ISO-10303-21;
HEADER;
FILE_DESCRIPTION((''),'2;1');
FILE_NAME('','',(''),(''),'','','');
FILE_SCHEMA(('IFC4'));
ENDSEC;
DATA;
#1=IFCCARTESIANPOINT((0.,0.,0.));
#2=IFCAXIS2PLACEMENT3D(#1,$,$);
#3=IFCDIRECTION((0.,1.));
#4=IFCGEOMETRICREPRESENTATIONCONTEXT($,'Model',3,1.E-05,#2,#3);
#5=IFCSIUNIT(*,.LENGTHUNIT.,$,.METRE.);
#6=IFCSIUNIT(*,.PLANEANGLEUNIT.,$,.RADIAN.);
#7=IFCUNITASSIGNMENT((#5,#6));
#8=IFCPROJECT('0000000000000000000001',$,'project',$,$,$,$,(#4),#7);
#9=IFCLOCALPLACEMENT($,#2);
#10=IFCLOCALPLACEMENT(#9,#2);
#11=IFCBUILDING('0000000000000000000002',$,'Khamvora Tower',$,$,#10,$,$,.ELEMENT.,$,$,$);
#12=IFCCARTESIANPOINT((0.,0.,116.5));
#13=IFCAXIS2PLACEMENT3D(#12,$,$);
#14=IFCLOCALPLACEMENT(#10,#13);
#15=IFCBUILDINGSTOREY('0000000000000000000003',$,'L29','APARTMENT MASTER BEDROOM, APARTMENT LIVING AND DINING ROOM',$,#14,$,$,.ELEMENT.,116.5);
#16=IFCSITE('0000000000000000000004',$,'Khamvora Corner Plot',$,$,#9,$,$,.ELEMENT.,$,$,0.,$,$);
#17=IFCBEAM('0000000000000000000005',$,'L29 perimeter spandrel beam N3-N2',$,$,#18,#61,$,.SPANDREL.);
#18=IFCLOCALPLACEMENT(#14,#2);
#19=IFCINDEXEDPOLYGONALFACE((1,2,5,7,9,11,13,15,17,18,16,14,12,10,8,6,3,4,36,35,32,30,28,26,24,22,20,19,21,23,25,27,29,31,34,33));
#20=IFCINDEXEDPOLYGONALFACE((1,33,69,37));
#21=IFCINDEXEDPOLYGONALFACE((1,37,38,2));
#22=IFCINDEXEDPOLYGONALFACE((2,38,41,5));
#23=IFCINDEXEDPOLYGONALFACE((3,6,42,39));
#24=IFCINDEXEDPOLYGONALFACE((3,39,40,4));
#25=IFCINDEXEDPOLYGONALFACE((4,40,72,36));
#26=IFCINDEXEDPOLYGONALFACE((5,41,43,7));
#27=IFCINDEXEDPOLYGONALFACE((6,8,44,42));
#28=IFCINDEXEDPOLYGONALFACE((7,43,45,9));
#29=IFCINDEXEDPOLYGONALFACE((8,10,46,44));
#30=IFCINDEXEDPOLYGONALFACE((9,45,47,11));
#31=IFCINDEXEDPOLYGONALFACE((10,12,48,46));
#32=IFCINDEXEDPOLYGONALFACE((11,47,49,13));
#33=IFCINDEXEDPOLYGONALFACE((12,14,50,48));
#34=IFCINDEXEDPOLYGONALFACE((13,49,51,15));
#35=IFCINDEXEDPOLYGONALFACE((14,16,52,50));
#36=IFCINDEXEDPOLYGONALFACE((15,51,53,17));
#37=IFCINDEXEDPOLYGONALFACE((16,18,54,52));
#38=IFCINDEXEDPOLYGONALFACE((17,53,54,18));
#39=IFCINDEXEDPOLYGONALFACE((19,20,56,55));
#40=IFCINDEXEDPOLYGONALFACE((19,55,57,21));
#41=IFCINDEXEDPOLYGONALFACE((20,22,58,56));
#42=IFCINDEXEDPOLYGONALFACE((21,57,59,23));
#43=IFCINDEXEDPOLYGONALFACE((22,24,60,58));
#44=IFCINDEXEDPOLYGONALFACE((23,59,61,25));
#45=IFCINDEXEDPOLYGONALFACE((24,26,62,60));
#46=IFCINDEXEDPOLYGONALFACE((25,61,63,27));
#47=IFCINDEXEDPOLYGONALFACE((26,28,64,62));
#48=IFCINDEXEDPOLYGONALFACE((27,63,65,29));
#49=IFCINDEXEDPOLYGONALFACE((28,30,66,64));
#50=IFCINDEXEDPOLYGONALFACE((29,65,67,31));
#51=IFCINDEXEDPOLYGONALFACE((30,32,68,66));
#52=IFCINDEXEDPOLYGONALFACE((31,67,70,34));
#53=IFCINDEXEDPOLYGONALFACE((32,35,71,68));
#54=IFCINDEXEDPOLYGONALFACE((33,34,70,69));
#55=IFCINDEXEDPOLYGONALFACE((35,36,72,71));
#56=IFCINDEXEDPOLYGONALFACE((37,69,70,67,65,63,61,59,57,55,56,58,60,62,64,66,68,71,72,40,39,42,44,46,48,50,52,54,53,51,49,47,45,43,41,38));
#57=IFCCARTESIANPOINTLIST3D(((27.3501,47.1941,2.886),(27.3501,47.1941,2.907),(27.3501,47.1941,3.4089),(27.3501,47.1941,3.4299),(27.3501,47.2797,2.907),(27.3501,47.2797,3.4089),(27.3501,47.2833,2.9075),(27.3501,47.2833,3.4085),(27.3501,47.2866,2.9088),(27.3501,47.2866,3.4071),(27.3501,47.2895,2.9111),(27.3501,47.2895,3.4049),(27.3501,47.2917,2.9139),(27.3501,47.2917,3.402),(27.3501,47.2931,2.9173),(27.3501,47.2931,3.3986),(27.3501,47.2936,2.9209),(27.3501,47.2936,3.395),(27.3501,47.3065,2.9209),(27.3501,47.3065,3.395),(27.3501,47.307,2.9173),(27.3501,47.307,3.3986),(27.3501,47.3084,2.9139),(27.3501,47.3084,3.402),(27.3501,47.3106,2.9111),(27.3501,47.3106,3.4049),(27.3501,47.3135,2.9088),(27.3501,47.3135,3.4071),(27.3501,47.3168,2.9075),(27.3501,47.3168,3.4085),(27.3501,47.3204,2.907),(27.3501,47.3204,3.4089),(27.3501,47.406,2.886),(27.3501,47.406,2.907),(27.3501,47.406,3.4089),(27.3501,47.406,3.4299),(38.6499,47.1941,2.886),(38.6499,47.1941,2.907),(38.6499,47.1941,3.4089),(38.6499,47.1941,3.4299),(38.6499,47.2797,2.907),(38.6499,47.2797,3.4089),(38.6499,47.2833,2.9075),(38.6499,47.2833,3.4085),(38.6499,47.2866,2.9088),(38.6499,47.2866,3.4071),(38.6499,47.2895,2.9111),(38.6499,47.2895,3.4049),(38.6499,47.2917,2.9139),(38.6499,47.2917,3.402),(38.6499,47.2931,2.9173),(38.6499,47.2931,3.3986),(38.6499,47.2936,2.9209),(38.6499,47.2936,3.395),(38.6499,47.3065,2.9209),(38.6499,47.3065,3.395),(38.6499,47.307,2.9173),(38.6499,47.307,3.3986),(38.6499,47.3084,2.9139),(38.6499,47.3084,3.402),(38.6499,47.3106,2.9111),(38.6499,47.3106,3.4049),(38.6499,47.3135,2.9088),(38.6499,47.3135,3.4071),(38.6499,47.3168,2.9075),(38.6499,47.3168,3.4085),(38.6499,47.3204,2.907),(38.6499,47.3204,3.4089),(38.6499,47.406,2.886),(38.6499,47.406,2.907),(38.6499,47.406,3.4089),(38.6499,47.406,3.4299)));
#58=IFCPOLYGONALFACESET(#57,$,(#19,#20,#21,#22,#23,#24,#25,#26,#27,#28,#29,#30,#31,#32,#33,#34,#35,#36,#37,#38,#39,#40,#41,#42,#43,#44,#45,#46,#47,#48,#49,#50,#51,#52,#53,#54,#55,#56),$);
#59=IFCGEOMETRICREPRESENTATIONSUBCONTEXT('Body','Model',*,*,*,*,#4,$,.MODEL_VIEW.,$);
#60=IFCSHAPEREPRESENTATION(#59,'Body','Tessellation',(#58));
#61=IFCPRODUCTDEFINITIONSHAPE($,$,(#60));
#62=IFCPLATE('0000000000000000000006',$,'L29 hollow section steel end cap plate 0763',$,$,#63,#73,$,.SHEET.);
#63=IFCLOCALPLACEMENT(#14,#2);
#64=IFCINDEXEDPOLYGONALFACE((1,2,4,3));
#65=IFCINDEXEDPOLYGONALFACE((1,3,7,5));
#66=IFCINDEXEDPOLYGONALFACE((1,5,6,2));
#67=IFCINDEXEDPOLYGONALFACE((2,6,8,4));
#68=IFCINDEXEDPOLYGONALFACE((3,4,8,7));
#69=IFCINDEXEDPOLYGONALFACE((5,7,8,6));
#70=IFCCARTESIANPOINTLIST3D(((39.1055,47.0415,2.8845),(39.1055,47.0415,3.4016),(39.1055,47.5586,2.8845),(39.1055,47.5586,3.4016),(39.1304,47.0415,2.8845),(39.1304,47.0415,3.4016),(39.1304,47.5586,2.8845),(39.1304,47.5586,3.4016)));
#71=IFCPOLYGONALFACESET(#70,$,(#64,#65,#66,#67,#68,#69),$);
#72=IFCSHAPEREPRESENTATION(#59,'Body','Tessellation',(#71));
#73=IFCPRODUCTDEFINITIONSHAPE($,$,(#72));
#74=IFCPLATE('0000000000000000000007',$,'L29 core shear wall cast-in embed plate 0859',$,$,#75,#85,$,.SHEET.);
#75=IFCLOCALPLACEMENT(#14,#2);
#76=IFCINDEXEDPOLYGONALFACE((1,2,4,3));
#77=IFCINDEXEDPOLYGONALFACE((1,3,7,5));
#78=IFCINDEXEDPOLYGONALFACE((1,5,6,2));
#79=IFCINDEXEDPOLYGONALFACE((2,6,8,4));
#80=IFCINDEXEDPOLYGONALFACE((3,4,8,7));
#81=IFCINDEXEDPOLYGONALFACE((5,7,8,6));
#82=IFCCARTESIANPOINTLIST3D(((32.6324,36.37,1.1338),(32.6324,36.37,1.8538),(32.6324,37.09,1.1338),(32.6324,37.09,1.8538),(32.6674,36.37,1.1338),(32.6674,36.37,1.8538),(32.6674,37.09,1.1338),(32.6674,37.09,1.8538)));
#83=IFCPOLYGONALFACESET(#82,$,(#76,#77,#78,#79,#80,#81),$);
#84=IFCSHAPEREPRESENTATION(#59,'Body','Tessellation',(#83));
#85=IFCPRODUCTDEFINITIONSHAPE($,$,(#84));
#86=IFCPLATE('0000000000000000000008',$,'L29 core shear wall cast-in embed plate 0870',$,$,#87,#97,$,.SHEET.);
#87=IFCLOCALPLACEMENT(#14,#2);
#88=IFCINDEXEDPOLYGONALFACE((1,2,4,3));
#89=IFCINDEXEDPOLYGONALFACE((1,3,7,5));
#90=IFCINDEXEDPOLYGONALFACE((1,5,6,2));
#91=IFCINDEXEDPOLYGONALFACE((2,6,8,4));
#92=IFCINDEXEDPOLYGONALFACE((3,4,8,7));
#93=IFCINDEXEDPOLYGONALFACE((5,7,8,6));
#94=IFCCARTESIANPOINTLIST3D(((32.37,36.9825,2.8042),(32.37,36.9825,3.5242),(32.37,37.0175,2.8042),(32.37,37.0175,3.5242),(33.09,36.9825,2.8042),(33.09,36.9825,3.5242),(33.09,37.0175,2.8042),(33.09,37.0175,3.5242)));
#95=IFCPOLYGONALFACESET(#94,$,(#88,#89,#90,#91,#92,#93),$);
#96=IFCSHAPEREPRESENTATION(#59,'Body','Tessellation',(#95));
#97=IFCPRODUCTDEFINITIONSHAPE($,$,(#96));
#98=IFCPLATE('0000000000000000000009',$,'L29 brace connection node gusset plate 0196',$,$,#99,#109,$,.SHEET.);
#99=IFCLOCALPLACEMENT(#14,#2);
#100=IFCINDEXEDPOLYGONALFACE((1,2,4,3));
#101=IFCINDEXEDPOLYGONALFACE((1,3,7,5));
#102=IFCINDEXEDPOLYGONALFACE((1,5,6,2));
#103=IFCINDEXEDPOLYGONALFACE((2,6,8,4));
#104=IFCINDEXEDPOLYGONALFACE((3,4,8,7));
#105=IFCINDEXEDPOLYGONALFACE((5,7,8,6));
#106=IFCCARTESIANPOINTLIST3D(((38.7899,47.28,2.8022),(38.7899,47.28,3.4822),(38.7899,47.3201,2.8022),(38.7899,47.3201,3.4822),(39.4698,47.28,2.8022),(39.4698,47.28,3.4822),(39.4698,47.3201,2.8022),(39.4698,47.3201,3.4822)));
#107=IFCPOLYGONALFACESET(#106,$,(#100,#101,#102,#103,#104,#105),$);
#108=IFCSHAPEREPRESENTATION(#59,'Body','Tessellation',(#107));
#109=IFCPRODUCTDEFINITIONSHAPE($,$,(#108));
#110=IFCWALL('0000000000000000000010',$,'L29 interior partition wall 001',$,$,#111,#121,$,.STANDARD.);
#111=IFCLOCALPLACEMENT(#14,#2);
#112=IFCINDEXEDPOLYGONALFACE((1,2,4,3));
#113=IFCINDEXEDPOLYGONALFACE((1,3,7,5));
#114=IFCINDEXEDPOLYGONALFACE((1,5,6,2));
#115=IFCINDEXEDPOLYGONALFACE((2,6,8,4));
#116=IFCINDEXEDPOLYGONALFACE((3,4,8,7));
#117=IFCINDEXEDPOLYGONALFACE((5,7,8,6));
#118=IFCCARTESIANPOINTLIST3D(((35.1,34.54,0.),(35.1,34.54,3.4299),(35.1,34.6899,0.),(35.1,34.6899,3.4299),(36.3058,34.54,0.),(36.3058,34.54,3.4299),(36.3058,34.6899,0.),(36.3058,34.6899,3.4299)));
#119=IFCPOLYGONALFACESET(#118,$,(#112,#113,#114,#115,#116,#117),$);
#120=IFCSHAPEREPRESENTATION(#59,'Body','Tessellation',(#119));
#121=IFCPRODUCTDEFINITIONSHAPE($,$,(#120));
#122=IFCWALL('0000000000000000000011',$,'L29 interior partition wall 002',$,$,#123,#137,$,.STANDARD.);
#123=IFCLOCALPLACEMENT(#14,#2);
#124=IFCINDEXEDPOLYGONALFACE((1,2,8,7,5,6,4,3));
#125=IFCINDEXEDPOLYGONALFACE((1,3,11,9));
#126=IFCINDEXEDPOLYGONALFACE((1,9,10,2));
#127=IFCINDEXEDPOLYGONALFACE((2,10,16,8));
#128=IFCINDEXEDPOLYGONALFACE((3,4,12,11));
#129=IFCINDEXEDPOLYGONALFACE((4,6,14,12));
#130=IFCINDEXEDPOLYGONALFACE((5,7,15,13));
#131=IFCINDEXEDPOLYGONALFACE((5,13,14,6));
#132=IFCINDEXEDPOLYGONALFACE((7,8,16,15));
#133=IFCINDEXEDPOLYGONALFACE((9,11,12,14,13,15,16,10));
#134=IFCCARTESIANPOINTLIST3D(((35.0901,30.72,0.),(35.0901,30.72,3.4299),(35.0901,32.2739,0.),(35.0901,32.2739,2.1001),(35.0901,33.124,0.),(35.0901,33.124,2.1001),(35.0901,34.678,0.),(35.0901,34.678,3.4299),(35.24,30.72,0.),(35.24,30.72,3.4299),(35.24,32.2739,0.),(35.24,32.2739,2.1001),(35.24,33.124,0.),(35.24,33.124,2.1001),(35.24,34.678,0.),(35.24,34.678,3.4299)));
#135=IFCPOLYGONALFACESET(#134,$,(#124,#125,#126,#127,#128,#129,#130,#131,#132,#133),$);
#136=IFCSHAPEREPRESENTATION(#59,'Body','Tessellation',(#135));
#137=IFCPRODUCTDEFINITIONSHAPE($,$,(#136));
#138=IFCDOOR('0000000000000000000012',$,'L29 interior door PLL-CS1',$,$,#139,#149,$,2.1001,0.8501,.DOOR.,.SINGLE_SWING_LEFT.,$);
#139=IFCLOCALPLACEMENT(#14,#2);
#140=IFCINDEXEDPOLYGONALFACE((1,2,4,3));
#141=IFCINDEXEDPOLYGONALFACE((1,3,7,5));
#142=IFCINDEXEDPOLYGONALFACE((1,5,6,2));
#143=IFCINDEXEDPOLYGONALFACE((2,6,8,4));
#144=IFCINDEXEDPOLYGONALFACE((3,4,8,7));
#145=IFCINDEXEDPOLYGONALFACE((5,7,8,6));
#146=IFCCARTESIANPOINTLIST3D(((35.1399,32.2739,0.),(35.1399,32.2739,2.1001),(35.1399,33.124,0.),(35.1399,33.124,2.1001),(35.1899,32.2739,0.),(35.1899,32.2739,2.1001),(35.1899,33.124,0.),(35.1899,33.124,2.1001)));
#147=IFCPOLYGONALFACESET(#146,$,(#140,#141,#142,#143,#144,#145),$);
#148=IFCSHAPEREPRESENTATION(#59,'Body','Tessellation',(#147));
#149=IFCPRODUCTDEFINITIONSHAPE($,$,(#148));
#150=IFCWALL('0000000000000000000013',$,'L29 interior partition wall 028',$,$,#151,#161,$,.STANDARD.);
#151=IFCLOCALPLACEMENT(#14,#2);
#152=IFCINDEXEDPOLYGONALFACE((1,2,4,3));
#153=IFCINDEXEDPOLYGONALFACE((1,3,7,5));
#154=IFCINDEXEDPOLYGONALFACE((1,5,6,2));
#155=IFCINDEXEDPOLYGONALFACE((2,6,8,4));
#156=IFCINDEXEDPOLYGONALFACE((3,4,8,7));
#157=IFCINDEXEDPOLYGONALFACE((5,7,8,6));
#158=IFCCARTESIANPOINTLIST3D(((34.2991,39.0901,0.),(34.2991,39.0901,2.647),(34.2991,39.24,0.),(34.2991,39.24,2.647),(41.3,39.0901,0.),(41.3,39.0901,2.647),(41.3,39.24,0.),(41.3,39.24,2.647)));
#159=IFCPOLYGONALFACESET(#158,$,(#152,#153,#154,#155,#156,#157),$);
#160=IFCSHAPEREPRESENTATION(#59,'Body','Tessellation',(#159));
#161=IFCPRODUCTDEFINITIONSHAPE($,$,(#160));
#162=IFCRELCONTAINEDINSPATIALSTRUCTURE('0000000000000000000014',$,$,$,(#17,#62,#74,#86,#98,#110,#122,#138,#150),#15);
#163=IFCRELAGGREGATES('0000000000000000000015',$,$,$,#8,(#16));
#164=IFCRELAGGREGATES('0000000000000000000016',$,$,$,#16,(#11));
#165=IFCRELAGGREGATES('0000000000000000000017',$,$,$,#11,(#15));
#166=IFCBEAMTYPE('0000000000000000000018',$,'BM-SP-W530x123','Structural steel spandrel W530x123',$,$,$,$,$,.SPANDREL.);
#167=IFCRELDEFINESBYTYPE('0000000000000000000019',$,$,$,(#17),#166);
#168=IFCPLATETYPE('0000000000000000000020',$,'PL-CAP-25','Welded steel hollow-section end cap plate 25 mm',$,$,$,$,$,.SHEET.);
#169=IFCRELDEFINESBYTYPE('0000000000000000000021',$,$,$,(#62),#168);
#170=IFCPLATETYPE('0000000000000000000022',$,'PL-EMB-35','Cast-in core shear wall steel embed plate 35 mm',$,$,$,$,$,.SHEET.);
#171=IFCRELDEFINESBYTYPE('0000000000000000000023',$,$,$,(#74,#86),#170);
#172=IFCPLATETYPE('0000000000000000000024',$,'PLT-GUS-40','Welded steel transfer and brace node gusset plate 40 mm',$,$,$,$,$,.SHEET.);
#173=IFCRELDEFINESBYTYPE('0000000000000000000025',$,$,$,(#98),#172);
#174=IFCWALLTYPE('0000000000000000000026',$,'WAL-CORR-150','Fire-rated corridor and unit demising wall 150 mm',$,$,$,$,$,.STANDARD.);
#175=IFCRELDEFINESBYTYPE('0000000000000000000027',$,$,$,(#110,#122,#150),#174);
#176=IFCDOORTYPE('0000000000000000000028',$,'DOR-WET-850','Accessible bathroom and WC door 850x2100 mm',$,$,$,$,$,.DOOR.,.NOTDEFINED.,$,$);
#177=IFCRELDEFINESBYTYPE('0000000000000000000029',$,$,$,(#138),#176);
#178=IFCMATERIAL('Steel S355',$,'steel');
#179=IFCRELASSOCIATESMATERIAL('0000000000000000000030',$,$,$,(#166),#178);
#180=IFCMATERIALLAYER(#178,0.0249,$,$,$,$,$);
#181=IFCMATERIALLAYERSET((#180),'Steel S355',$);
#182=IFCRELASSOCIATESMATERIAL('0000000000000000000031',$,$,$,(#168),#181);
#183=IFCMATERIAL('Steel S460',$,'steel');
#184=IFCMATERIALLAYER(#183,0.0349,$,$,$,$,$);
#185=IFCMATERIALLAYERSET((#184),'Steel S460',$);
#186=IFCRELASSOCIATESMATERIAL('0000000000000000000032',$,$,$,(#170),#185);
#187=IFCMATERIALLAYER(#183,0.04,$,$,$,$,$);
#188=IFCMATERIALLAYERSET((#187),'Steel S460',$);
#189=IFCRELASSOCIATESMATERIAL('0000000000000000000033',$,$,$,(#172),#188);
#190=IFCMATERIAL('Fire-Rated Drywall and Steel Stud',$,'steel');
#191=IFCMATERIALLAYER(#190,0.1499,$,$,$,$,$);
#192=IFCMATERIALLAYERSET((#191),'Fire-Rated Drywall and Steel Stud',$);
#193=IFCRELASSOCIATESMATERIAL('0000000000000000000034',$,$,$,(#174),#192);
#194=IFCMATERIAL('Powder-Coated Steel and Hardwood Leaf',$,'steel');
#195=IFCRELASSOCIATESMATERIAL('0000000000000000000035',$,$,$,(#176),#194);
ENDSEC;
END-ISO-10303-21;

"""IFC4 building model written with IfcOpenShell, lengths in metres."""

from ifc_helpers import new_model, si_unit, direction, frame, frame_2d, origin, origin_2d, place, context, subcontext, project, spatial, rectangle, i_section, extrude, material, layer, layer_set, material_profile, profile_set, type_object, element, fill, save


model = new_model("IFC4")

# Units and contexts
model_context = context("Model", 3, precision=1e-05, world=origin(), true_north=direction((0.0, 1.0)))
body_context = subcontext(model_context, "Body", "Model", "MODEL_VIEW")
ifc_project = project(units=[si_unit("LENGTHUNIT", "METRE"), si_unit("PLANEANGLEUNIT", "RADIAN")], contexts=[model_context])

# Site, building, storey
site_placement = place(None, origin())
site = spatial("IfcSite", under=ifc_project, at=site_placement, Name="Khamvora Corner Plot", CompositionType="ELEMENT", RefElevation=0.0)
building_placement = place(site_placement, origin())
building = spatial("IfcBuilding", under=site, at=building_placement, Name="Khamvora Tower", CompositionType="ELEMENT")
storey_placement = place(building_placement, frame((0.0, 0.0, 116.5)))
storey = spatial("IfcBuildingStorey", under=building, at=storey_placement, Name="L29", Description="APARTMENT MASTER BEDROOM, APARTMENT LIVING AND DINING ROOM", CompositionType="ELEMENT", Elevation=116.5)

# Shared definitions
ifc_material_1 = material(Name="Steel S355", Category="steel")
ifc_material_2 = material(Name="Steel S460", Category="steel")

# Beam
ifc_material_profile_1 = material_profile(ifc_material_1, i_section(OverallWidth=0.2119, OverallDepth=0.5439, WebThickness=0.0129, FlangeThickness=0.021, FilletRadius=0.0139, at=origin_2d()), Name="W530x123")
ifc_profile_set_1 = profile_set([ifc_material_profile_1], Name="Steel S355")
beam_type_1 = type_object("IfcBeamType", Name="BM-SP-W530x123", Description="Structural steel spandrel W530x123", PredefinedType="SPANDREL", material=ifc_profile_set_1)
beam_1_placement = place(storey_placement, frame((38.6499, 47.3, 3.158), z_axis=(-1.0, 0.0, 0.0), x_axis=(0.0, -1.0, 0.0)))
element("IfcBeam", 1, at=beam_1_placement, inside=storey, type_object=beam_type_1, Name="L29 perimeter spandrel beam N3-N2", PredefinedType="SPANDREL", context=body_context, shape_type="SweptSolid", body=[
    extrude(i_section(OverallWidth=0.2119, OverallDepth=0.5439, WebThickness=0.0129, FlangeThickness=0.021, FilletRadius=0.0139, at=origin_2d()), origin(), (0.0, 0.0, 1.0), 11.2998),
])

# Plates
ifc_layer_1 = layer(ifc_material_1, 0.0249)
ifc_layer_set_1 = layer_set([ifc_layer_1], Name="Steel S355")
plate_type_1 = type_object("IfcPlateType", Name="PL-CAP-25", Description="Welded steel hollow-section end cap plate 25 mm", PredefinedType="SHEET", material=ifc_layer_set_1)
plate_1_placement = place(storey_placement, frame((39.1179, 47.3, 2.8845), z_axis=(0.0, 0.0, 1.0), x_axis=(-1.0, 0.0, 0.0)))
element("IfcPlate", 2, at=plate_1_placement, inside=storey, type_object=plate_type_1, Name="L29 hollow section steel end cap plate 0763", PredefinedType="SHEET", context=body_context, shape_type="SweptSolid", body=[
    extrude(rectangle(XDim=0.0249, YDim=0.5171, at=origin_2d()), origin(), (0.0, 0.0, 1.0), 0.5171),
])
ifc_layer_2 = layer(ifc_material_2, 0.0349)
ifc_layer_set_2 = layer_set([ifc_layer_2], Name="Steel S460")
plate_type_2 = type_object("IfcPlateType", Name="PL-EMB-35", Description="Cast-in core shear wall steel embed plate 35 mm", PredefinedType="SHEET", material=ifc_layer_set_2)
plate_2_placement = place(storey_placement, frame((32.6499, 36.73, 1.1338), z_axis=(0.0, 0.0, 1.0), x_axis=(1.0, 0.0, 0.0)))
element("IfcPlate", 3, at=plate_2_placement, inside=storey, type_object=plate_type_2, Name="L29 core shear wall cast-in embed plate 0859", PredefinedType="SHEET", context=body_context, shape_type="SweptSolid", body=[
    extrude(rectangle(XDim=0.0349, YDim=0.72, at=origin_2d()), origin(), (0.0, 0.0, 1.0), 0.72),
])
plate_3_placement = place(storey_placement, frame((32.73, 37.0, 2.8042), z_axis=(0.0, 0.0, 1.0), x_axis=(1.0, 0.0, 0.0)))
element("IfcPlate", 4, at=plate_3_placement, inside=storey, type_object=plate_type_2, Name="L29 core shear wall cast-in embed plate 0870", PredefinedType="SHEET", context=body_context, shape_type="SweptSolid", body=[
    extrude(rectangle(XDim=0.72, YDim=0.0349, at=origin_2d()), origin(), (0.0, 0.0, 1.0), 0.72),
])
ifc_layer_3 = layer(ifc_material_2, 0.04)
ifc_layer_set_3 = layer_set([ifc_layer_3], Name="Steel S460")
plate_type_3 = type_object("IfcPlateType", Name="PLT-GUS-40", Description="Welded steel transfer and brace node gusset plate 40 mm", PredefinedType="SHEET", material=ifc_layer_set_3)
plate_4_placement = place(storey_placement, frame((39.1299, 47.3, 2.8022), z_axis=(0.0, 0.0, 1.0), x_axis=(1.0, 0.0, 0.0)))
element("IfcPlate", 5, at=plate_4_placement, inside=storey, type_object=plate_type_3, Name="L29 brace connection node gusset plate 0196", PredefinedType="SHEET", context=body_context, shape_type="SweptSolid", body=[
    extrude(rectangle(XDim=0.6799, YDim=0.04, at=origin_2d()), origin(), (0.0, 0.0, 1.0), 0.6799),
])

# Wall
ifc_material_3 = material(Name="Fire-Rated Drywall and Steel Stud", Category="steel")
ifc_layer_4 = layer(ifc_material_3, 0.1499)
ifc_layer_set_4 = layer_set([ifc_layer_4], Name="Fire-Rated Drywall and Steel Stud")
wall_type_1 = type_object("IfcWallType", Name="WAL-CORR-150", Description="Fire-rated corridor and unit demising wall 150 mm", PredefinedType="STANDARD", material=ifc_layer_set_4)
wall_1_placement = place(storey_placement, frame((36.3059, 34.615, 0.0), z_axis=(0.0, 0.0, 1.0), x_axis=(-1.0, 0.0, 0.0)))
element("IfcWall", 6, at=wall_1_placement, inside=storey, type_object=wall_type_1, Name="L29 interior partition wall 001", PredefinedType="STANDARD", context=body_context, shape_type="SweptSolid", body=[
    extrude(rectangle(XDim=1.2058, YDim=0.1499, at=frame_2d((0.603, 0.0))), origin(), (0.0, 0.0, 1.0), 3.4299),
])

# Wall, opening, door
wall_2_placement = place(storey_placement, frame((35.165, 34.678, 0.0), z_axis=(0.0, 0.0, 1.0), x_axis=(0.0, -1.0, 0.0)))
wall_2 = element("IfcWall", 7, at=wall_2_placement, inside=storey, type_object=wall_type_1, Name="L29 interior partition wall 002", PredefinedType="STANDARD", context=body_context, shape_type="SweptSolid", body=[
    extrude(rectangle(XDim=3.958, YDim=0.1499, at=frame_2d((1.979, 0.0))), origin(), (0.0, 0.0, 1.0), 3.4299),
])
opening_1_placement = place(wall_2_placement, frame((1.554, 0.0, 0.0)))
opening_1 = element("IfcOpeningElement", 8, at=opening_1_placement, cuts=wall_2, PredefinedType="OPENING", context=body_context, shape_type="SweptSolid", body=[
    extrude(rectangle(XDim=0.8501, YDim=2.1001, at=frame_2d((0.425, 1.05))), frame((0.0, 0.085, 0.0), z_axis=(0.0, -1.0, 0.0), x_axis=(1.0, 0.0, 0.0)), (0.0, 0.0, 1.0), 0.1699),
])
ifc_material_4 = material(Name="Powder-Coated Steel and Hardwood Leaf", Category="steel")
door_type_1 = type_object("IfcDoorType", Name="DOR-WET-850", Description="Accessible bathroom and WC door 850x2100 mm", OperationType="NOTDEFINED", PredefinedType="DOOR", material=ifc_material_4)
door_1_placement = place(opening_1_placement, origin())
door_1 = element("IfcDoor", 9, at=door_1_placement, inside=storey, type_object=door_type_1, Name="L29 interior door PLL-CS1", OperationType="SINGLE_SWING_LEFT", OverallHeight=2.1001, OverallWidth=0.8501, PredefinedType="DOOR", context=body_context, shape_type="SweptSolid", body=[
    extrude(rectangle(XDim=0.8501, YDim=2.1001, at=frame_2d((0.425, 1.05))), frame((0.0, 0.0249, 0.0), z_axis=(0.0, -1.0, 0.0), x_axis=(1.0, 0.0, 0.0)), (0.0, 0.0, 1.0), 0.05),
])
fill(opening_1, door_1)

# Wall
wall_3_placement = place(storey_placement, frame((34.2991, 39.165, 0.0), z_axis=(0.0, 0.0, 1.0), x_axis=(1.0, 0.0, 0.0)))
element("IfcWall", 10, at=wall_3_placement, inside=storey, type_object=wall_type_1, Name="L29 interior partition wall 028", PredefinedType="STANDARD", context=body_context, shape_type="SweptSolid", body=[
    extrude(rectangle(XDim=7.001, YDim=0.1499, at=frame_2d((3.5005, 0.0))), origin(), (0.0, 0.0, 1.0), 2.647),
])

save(model, "model.ifc")
